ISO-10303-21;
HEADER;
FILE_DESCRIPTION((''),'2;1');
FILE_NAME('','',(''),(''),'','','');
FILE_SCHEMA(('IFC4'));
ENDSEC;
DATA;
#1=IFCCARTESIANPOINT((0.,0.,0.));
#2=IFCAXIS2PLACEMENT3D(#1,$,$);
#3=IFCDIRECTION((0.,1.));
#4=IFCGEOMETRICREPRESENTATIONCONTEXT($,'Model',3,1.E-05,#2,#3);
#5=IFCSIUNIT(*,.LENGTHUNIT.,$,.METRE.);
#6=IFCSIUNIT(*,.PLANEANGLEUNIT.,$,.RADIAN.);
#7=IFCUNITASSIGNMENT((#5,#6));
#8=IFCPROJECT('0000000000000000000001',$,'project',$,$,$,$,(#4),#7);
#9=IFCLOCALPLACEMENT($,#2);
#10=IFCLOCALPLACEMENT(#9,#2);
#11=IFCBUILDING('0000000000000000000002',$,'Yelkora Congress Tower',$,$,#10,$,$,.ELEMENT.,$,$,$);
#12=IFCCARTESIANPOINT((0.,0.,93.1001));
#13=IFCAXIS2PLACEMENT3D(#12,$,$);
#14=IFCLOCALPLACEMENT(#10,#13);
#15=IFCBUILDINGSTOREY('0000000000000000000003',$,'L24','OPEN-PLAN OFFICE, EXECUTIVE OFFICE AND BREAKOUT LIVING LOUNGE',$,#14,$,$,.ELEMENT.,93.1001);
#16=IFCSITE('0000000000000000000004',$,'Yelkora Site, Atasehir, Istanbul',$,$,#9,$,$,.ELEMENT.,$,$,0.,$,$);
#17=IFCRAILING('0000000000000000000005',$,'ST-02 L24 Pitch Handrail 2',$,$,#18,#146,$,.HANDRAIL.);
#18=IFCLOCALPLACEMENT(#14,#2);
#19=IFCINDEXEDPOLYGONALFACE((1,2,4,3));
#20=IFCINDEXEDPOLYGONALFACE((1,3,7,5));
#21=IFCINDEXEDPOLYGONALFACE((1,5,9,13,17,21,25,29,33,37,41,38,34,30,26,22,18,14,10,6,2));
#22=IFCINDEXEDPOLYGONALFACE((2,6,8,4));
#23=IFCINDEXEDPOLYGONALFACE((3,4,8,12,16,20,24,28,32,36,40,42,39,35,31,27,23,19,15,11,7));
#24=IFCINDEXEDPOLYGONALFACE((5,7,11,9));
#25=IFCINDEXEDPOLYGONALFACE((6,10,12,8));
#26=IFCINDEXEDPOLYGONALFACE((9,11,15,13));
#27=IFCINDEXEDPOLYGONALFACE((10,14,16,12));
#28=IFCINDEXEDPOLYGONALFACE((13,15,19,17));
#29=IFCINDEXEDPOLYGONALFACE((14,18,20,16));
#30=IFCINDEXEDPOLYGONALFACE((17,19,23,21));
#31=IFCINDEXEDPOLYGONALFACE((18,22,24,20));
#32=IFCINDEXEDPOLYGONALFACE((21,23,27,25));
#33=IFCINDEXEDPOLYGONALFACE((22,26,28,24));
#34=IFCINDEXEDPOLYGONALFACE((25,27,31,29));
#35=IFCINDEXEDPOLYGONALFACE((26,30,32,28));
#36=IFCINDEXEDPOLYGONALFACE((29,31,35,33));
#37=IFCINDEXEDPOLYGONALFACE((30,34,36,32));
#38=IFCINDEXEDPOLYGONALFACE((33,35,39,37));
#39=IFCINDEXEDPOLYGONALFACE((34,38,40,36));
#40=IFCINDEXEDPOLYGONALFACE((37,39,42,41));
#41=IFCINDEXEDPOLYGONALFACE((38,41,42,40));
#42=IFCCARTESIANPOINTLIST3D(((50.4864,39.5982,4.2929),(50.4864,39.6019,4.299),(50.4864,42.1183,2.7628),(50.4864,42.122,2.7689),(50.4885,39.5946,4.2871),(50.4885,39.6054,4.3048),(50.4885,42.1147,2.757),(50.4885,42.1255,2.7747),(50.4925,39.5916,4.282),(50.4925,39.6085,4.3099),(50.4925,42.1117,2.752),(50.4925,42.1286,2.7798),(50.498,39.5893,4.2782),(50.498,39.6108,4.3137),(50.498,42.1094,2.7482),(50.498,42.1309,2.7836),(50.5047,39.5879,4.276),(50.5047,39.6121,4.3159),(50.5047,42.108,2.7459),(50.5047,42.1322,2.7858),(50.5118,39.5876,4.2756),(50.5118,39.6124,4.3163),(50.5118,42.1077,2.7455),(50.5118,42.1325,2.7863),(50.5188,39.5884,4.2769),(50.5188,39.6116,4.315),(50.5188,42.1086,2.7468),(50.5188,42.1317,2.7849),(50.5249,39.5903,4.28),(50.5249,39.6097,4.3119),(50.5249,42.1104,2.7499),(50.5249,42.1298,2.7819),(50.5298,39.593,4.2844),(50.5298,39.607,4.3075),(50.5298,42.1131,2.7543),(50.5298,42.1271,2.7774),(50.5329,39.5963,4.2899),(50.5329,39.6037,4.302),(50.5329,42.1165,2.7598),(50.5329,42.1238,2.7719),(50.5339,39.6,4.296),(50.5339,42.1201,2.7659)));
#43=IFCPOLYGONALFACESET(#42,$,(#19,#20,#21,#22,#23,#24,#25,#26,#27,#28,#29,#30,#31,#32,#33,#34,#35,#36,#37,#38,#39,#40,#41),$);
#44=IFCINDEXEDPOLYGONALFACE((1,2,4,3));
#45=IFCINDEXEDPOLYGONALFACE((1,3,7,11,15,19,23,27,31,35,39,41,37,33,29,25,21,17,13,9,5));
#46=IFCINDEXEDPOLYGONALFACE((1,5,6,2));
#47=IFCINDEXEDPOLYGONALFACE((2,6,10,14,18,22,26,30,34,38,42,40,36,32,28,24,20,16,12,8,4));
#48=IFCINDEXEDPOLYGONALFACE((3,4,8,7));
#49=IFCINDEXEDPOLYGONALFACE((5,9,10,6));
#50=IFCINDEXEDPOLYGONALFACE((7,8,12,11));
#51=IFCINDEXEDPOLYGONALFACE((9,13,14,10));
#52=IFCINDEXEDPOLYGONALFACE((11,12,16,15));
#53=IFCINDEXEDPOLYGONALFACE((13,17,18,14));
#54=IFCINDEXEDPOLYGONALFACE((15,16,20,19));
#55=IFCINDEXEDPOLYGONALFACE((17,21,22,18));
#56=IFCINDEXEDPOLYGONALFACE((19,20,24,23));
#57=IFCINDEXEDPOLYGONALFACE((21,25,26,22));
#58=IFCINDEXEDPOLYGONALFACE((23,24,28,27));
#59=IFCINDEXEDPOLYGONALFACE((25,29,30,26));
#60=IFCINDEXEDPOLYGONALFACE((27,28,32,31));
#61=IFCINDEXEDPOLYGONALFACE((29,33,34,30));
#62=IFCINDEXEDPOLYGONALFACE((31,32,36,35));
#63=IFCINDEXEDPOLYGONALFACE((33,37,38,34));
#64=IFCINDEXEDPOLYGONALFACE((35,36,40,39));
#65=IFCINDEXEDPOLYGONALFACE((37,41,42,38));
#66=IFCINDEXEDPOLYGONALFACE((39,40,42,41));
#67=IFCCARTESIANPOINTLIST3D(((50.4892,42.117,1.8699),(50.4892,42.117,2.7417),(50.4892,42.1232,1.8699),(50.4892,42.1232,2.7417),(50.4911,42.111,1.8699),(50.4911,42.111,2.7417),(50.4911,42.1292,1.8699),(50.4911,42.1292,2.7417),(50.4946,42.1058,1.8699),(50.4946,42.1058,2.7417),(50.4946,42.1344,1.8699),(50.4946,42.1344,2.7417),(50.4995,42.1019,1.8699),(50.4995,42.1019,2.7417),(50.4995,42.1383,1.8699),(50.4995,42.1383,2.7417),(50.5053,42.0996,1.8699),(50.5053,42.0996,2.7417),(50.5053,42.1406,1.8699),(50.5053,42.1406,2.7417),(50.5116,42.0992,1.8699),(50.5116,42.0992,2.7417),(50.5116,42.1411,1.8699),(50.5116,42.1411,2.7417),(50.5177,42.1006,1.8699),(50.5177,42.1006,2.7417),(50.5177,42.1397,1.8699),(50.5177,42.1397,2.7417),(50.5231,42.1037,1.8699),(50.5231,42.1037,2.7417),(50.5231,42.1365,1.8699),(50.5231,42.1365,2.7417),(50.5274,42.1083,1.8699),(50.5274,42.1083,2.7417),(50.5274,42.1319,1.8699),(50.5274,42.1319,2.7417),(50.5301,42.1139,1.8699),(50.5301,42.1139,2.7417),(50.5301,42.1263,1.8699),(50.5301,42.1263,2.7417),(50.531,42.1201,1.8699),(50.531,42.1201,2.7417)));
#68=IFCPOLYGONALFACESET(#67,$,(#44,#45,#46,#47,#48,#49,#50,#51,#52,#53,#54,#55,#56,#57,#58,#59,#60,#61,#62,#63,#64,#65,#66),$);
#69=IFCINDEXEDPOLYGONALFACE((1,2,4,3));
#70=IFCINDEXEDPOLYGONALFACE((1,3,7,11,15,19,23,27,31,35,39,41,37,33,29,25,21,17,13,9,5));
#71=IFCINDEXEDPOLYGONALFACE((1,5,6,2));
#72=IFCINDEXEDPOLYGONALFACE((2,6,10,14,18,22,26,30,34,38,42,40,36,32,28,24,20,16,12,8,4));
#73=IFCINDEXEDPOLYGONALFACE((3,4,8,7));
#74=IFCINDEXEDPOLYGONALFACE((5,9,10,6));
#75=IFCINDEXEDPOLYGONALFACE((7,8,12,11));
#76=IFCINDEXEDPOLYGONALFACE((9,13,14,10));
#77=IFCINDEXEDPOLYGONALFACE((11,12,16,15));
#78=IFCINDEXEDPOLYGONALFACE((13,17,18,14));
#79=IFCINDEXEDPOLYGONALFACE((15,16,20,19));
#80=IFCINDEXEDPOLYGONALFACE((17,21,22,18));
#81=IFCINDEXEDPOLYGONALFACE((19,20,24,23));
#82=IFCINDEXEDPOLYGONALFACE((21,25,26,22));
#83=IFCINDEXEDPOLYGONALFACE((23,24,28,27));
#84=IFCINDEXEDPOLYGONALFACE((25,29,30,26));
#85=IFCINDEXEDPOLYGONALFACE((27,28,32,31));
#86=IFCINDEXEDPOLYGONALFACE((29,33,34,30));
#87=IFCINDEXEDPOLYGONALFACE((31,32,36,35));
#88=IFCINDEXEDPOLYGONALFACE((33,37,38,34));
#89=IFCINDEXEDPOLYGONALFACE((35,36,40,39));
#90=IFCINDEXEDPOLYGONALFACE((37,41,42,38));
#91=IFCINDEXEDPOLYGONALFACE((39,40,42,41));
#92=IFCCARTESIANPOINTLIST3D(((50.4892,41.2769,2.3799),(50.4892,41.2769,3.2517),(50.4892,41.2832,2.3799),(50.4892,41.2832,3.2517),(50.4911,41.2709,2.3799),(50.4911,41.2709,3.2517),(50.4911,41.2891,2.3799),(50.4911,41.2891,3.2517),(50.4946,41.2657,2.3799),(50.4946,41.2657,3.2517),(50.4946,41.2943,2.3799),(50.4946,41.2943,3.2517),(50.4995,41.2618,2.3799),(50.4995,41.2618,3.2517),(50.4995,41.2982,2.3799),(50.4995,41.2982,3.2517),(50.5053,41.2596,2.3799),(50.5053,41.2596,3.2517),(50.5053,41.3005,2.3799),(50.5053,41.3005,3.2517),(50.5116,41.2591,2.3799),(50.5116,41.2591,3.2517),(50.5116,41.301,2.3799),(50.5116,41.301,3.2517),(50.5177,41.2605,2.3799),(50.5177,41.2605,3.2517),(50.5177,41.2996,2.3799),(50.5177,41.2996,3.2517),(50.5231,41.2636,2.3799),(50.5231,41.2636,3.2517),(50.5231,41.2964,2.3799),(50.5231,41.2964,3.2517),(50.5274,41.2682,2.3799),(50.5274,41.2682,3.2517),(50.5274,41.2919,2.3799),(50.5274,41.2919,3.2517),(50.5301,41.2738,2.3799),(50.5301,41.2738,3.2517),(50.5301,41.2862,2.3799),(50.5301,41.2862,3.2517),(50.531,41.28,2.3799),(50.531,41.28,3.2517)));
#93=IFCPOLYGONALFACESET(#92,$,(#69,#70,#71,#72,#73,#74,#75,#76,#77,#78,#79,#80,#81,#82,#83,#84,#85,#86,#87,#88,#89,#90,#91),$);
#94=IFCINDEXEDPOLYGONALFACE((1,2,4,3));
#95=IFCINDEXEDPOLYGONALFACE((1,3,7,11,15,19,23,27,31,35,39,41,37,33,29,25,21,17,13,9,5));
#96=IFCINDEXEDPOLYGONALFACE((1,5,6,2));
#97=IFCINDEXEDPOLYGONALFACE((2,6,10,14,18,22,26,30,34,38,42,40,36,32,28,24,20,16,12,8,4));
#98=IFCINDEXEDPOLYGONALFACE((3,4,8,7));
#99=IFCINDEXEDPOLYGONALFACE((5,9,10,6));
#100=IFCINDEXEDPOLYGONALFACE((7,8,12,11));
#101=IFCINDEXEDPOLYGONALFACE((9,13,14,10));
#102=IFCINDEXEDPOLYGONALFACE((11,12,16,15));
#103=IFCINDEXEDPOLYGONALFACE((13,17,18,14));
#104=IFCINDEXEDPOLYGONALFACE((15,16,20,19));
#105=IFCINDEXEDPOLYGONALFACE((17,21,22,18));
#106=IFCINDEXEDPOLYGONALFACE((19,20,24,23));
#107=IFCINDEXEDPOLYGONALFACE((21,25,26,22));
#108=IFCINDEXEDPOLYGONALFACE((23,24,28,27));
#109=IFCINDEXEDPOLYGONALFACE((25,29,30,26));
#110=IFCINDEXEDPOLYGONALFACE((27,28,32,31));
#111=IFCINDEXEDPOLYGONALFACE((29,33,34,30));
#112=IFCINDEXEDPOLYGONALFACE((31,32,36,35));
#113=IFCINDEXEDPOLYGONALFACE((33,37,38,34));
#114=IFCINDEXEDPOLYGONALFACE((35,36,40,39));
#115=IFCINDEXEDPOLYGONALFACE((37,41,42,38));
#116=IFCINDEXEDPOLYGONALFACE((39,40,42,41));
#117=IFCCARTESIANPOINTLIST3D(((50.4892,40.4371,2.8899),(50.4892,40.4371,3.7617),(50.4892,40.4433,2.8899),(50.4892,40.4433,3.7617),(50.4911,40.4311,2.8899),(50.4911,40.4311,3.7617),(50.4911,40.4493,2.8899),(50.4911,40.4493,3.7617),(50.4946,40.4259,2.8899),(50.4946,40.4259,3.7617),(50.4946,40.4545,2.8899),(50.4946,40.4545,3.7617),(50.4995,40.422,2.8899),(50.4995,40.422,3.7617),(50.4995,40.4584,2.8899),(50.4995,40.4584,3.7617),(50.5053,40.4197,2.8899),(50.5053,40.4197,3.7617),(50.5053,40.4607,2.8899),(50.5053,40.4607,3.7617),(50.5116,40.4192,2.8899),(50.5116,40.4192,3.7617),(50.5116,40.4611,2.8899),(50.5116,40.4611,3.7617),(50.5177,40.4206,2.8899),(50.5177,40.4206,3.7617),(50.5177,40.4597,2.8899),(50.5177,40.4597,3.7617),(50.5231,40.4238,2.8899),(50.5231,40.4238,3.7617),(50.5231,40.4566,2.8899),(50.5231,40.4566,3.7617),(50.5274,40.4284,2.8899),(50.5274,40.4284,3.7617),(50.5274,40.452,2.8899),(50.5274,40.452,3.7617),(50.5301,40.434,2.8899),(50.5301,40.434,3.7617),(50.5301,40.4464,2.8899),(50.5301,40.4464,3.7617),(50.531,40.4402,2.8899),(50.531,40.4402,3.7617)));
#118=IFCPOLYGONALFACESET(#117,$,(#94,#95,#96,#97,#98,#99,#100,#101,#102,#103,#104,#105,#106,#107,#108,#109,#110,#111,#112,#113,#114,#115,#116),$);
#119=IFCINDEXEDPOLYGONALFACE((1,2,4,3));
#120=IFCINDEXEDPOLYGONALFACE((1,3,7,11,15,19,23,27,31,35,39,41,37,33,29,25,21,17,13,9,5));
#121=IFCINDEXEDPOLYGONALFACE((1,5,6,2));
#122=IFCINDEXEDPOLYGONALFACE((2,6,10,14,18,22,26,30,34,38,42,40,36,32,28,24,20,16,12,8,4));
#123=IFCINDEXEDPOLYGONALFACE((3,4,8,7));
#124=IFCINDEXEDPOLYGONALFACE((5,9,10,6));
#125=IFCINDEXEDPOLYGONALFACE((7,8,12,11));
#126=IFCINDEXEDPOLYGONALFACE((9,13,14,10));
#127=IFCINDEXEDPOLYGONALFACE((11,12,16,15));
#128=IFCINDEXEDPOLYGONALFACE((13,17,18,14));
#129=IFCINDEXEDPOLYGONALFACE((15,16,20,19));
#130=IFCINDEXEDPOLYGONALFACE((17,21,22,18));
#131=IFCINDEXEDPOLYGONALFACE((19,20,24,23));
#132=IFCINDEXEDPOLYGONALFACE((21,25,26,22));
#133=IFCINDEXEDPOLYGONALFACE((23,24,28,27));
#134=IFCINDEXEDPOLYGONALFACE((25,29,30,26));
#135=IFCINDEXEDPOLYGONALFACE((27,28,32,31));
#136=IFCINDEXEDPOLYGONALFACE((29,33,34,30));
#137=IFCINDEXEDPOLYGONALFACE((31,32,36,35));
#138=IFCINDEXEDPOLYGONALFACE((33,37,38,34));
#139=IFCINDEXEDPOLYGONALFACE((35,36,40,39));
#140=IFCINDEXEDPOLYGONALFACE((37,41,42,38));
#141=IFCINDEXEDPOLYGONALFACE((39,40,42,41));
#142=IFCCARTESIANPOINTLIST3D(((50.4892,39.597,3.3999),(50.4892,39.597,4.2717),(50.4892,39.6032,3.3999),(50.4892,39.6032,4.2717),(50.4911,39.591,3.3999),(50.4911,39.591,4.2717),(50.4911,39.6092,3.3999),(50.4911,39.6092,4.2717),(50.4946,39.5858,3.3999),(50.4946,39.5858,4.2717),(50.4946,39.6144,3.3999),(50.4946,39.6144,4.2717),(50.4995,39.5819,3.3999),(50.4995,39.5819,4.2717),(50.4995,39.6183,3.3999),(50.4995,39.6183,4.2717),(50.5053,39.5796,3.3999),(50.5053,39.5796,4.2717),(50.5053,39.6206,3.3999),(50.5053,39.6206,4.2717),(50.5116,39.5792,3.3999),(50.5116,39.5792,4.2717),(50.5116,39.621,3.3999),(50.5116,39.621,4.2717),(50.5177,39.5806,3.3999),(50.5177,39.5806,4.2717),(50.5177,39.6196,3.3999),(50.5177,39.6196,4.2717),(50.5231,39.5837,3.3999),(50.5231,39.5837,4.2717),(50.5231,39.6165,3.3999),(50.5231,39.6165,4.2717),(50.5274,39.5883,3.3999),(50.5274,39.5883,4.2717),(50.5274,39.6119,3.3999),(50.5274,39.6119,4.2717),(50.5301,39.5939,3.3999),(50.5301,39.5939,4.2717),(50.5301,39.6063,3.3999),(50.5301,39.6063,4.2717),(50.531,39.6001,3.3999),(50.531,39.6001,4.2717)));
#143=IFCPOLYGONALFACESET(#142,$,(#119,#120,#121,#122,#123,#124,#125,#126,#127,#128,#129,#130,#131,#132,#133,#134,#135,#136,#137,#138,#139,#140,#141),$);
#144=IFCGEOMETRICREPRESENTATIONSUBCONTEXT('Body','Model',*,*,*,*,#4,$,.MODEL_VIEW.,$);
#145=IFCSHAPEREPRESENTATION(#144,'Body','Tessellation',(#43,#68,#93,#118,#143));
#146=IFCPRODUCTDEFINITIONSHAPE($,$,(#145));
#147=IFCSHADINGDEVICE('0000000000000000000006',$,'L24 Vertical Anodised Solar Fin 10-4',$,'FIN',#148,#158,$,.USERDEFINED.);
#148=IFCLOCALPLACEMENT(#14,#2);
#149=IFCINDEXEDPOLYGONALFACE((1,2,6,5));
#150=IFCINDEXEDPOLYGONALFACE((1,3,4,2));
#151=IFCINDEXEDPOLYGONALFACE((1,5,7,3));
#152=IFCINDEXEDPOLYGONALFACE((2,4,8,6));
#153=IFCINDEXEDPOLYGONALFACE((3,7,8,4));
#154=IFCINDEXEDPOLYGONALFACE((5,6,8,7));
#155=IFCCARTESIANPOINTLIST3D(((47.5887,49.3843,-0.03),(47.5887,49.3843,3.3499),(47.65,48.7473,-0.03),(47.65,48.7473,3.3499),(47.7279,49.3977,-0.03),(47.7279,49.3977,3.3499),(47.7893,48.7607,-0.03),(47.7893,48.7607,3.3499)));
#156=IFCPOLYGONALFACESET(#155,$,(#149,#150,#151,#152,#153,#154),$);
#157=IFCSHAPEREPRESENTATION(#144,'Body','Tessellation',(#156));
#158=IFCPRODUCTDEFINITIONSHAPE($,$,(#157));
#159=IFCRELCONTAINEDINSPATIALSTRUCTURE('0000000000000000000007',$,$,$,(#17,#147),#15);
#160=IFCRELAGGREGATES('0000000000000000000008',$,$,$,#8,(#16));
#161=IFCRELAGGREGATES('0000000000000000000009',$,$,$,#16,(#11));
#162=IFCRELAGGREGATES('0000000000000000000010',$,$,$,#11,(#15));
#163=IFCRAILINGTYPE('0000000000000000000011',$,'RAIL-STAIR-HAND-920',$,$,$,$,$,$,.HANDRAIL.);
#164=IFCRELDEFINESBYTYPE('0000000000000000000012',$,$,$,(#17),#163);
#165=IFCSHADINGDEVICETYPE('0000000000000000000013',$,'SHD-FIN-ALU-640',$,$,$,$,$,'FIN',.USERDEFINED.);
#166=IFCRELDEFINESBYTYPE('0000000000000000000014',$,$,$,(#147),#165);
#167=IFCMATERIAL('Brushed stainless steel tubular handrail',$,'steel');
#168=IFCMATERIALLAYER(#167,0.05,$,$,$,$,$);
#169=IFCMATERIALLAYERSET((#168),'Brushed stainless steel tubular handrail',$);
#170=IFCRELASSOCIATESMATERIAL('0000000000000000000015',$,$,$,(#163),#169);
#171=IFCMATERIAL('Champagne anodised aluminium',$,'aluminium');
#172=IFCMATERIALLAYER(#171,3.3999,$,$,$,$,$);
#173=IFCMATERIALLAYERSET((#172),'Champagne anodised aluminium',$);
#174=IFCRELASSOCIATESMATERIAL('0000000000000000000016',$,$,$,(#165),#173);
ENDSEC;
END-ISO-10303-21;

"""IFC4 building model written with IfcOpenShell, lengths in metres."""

from ifc_helpers import new_model, si_unit, direction, frame, origin, origin_2d, place, context, subcontext, project, spatial, rectangle, circle, extrude, material, layer, layer_set, type_object, element, save


model = new_model("IFC4")

# Units and contexts
model_context = context("Model", 3, precision=1e-05, world=origin(), true_north=direction((0.0, 1.0)))
body_context = subcontext(model_context, "Body", "Model", "MODEL_VIEW")
ifc_project = project(units=[si_unit("LENGTHUNIT", "METRE"), si_unit("PLANEANGLEUNIT", "RADIAN")], contexts=[model_context])

# Site, building, storey
site_placement = place(None, origin())
site = spatial("IfcSite", under=ifc_project, at=site_placement, Name="Yelkora Site, Atasehir, Istanbul", CompositionType="ELEMENT", RefElevation=0.0)
building_placement = place(site_placement, origin())
building = spatial("IfcBuilding", under=site, at=building_placement, Name="Yelkora Congress Tower", CompositionType="ELEMENT")
storey_placement = place(building_placement, frame((0.0, 0.0, 93.1001)))
storey = spatial("IfcBuildingStorey", under=building, at=storey_placement, Name="L24", Description="OPEN-PLAN OFFICE, EXECUTIVE OFFICE AND BREAKOUT LIVING LOUNGE", CompositionType="ELEMENT", Elevation=93.1001)

# Railing
ifc_material_1 = material(Name="Brushed stainless steel tubular handrail", Category="steel")
ifc_layer_1 = layer(ifc_material_1, 0.05)
ifc_layer_set_1 = layer_set([ifc_layer_1], Name="Brushed stainless steel tubular handrail")
railing_type_1 = type_object("IfcRailingType", Name="RAIL-STAIR-HAND-920", PredefinedType="HANDRAIL", material=ifc_layer_set_1)
railing_1_placement = place(storey_placement, frame((50.51, 42.1201, 1.8699)))
element("IfcRailing", 1, at=railing_1_placement, inside=storey, type_object=railing_type_1, Name="ST-02 L24 Pitch Handrail 2", PredefinedType="HANDRAIL", context=body_context, shape_type="SweptSolid", body=[
    extrude(circle(Radius=0.0239, at=origin_2d()), frame((0.0, 0.0, 0.896), z_axis=(0.0, -0.854785, 0.518982), x_axis=(1.0, 0.0, 0.0)), (0.0, 0.0, 1.0), 2.9482),
    extrude(circle(Radius=0.021, at=origin_2d()), origin(), (0.0, 0.0, 1.0), 0.8718),
    extrude(circle(Radius=0.021, at=origin_2d()), frame((0.0, -0.8401, 0.51)), (0.0, 0.0, 1.0), 0.8718),
    extrude(circle(Radius=0.021, at=origin_2d()), frame((0.0, -1.6799, 1.02)), (0.0, 0.0, 1.0), 0.8718),
    extrude(circle(Radius=0.021, at=origin_2d()), frame((0.0, -2.52, 1.53)), (0.0, 0.0, 1.0), 0.8718),
])

# Shading device
ifc_material_2 = material(Name="Champagne anodised aluminium", Category="aluminium")
ifc_layer_2 = layer(ifc_material_2, 3.3999)
ifc_layer_set_2 = layer_set([ifc_layer_2], Name="Champagne anodised aluminium")
shading_device_type = type_object("IfcShadingDeviceType", Name="SHD-FIN-ALU-640", ElementType="FIN", PredefinedType="USERDEFINED", material=ifc_layer_set_2)
shading_device_placement = place(storey_placement, frame((47.689, 49.0725, -0.03), z_axis=(0.0, 0.0, 1.0), x_axis=(0.995396, 0.095846, 0.0)))
element("IfcShadingDevice", 2, at=shading_device_placement, inside=storey, type_object=shading_device_type, Name="L24 Vertical Anodised Solar Fin 10-4", ObjectType="FIN", PredefinedType="USERDEFINED", context=body_context, shape_type="SweptSolid", body=[
    extrude(rectangle(XDim=0.1399, YDim=0.6399, at=origin_2d()), origin(), (0.0, 0.0, 1.0), 3.3799),
])

save(model, "model.ifc")
